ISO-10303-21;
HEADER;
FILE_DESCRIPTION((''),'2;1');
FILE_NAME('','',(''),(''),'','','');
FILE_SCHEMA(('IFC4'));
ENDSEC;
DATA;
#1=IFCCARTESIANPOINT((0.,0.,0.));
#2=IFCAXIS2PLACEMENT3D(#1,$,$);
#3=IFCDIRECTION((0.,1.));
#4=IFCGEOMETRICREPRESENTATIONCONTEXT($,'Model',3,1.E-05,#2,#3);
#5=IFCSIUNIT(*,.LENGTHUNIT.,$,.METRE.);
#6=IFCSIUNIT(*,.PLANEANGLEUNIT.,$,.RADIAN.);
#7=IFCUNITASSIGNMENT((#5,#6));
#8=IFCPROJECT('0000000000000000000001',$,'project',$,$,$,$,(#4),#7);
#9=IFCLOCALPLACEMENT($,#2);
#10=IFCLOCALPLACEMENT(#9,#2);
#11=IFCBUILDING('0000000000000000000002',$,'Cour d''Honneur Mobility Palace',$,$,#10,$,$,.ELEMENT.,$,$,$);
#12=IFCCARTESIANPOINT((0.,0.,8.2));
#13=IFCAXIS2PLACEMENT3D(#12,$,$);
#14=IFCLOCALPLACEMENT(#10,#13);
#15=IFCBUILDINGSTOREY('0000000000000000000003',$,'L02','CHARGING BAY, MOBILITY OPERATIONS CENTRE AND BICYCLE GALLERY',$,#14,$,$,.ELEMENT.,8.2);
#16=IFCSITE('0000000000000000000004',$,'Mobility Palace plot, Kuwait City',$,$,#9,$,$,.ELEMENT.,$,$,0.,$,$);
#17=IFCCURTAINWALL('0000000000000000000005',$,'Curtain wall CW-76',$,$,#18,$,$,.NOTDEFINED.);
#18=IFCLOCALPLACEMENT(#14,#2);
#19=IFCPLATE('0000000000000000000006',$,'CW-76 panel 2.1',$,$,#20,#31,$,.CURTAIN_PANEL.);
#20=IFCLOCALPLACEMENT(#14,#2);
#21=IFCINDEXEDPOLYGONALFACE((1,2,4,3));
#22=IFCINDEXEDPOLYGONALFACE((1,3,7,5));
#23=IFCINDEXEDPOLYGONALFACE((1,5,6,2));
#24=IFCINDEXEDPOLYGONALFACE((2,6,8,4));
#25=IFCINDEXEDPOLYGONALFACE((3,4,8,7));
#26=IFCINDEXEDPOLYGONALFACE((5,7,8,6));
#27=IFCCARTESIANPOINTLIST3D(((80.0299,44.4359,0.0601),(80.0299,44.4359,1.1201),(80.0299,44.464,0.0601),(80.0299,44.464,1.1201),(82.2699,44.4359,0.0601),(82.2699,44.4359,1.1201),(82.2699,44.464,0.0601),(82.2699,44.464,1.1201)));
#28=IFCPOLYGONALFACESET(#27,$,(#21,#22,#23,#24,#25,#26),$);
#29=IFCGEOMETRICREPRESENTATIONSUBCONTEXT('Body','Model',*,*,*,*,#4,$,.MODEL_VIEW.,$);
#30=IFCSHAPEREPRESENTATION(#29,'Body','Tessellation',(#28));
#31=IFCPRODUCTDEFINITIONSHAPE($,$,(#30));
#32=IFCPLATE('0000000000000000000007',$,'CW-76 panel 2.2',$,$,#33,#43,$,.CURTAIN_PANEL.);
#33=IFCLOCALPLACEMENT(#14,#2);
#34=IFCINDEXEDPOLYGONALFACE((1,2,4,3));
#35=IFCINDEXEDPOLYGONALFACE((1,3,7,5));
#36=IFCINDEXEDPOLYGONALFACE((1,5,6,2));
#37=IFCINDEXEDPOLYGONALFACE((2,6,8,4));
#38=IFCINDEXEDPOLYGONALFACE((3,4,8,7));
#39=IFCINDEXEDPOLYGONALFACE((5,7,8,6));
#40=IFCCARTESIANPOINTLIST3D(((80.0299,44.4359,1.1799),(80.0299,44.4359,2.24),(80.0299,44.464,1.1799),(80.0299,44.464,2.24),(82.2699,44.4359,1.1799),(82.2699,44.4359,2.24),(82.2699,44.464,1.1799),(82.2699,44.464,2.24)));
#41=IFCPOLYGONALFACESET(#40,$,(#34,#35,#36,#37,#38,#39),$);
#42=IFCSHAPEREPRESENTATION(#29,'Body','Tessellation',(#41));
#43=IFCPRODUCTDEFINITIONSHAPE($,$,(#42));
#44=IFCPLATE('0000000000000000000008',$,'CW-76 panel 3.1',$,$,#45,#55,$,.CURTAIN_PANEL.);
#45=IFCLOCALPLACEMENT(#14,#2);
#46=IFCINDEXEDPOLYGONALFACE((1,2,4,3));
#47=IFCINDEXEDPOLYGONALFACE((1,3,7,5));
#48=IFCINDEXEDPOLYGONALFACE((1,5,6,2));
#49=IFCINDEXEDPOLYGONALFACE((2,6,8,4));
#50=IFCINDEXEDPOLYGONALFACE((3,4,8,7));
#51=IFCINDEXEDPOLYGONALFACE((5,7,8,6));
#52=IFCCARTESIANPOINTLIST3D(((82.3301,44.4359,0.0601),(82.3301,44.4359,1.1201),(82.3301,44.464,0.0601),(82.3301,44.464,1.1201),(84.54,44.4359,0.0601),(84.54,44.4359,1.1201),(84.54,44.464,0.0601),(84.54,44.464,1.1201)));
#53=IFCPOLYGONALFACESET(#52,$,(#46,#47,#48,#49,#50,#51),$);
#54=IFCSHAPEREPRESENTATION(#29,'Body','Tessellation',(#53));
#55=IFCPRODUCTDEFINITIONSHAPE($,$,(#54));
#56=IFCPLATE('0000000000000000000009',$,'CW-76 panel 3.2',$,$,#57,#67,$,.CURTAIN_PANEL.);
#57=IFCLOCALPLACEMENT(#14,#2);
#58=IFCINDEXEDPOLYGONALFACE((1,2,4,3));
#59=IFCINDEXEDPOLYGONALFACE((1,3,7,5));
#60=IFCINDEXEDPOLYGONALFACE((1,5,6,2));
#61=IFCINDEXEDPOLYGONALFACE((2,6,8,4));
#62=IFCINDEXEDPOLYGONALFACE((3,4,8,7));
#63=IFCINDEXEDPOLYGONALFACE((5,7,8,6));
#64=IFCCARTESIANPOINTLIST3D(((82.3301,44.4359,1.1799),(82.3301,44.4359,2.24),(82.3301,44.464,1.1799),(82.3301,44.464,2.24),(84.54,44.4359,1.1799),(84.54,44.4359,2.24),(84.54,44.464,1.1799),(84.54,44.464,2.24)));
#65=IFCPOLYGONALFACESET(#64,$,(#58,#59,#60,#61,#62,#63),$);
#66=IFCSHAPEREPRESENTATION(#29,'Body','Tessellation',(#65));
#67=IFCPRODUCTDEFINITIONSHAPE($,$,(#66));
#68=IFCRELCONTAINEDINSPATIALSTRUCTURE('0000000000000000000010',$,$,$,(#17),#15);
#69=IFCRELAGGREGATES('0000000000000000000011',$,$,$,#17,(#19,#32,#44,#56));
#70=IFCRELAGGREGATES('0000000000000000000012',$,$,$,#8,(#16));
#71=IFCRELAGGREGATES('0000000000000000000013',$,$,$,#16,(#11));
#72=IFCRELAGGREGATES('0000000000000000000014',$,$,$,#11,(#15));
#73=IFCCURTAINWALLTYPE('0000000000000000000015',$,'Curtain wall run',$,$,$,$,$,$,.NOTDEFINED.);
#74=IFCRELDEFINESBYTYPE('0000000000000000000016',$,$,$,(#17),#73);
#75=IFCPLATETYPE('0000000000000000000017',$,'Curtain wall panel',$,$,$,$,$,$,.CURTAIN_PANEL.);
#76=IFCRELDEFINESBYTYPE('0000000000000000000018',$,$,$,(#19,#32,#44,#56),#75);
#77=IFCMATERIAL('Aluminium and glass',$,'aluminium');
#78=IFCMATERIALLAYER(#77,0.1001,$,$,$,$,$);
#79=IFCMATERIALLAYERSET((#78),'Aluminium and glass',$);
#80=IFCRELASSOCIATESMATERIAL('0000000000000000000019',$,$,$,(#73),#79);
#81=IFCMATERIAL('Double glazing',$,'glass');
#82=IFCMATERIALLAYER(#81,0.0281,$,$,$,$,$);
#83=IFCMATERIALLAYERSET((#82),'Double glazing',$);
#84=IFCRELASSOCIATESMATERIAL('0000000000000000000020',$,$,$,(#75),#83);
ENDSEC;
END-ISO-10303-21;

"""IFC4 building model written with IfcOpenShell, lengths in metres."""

from ifc_helpers import new_model, si_unit, direction, frame, origin, origin_2d, place, context, subcontext, project, spatial, rectangle, extrude, material, layer, layer_set, type_object, element, aggregate, save


model = new_model("IFC4")

# Units and contexts
model_context = context("Model", 3, precision=1e-05, world=origin(), true_north=direction((0.0, 1.0)))
body_context = subcontext(model_context, "Body", "Model", "MODEL_VIEW")
ifc_project = project(units=[si_unit("LENGTHUNIT", "METRE"), si_unit("PLANEANGLEUNIT", "RADIAN")], contexts=[model_context])

# Site, building, storey
site_placement = place(None, origin())
site = spatial("IfcSite", under=ifc_project, at=site_placement, Name="Mobility Palace plot, Kuwait City", CompositionType="ELEMENT", RefElevation=0.0)
building_placement = place(site_placement, origin())
building = spatial("IfcBuilding", under=site, at=building_placement, Name="Cour d'Honneur Mobility Palace", CompositionType="ELEMENT")
storey_placement = place(building_placement, frame((0.0, 0.0, 8.2)))
storey = spatial("IfcBuildingStorey", under=building, at=storey_placement, Name="L02", Description="CHARGING BAY, MOBILITY OPERATIONS CENTRE AND BICYCLE GALLERY", CompositionType="ELEMENT", Elevation=8.2)

# Curtain wall
ifc_material_1 = material(Name="Aluminium and glass", Category="aluminium")
ifc_layer_1 = layer(ifc_material_1, 0.1001)
ifc_layer_set_1 = layer_set([ifc_layer_1], Name="Aluminium and glass")
curtain_wall_type = type_object("IfcCurtainWallType", Name="Curtain wall run", PredefinedType="NOTDEFINED", material=ifc_layer_set_1)
curtain_wall_1_placement = place(storey_placement, origin())
curtain_wall_1 = element("IfcCurtainWall", 1, at=curtain_wall_1_placement, inside=storey, type_object=curtain_wall_type, Name="Curtain wall CW-76", PredefinedType="NOTDEFINED")

# Plates
ifc_material_2 = material(Name="Double glazing", Category="glass")
ifc_layer_2 = layer(ifc_material_2, 0.0281)
ifc_layer_set_2 = layer_set([ifc_layer_2], Name="Double glazing")
plate_type = type_object("IfcPlateType", Name="Curtain wall panel", PredefinedType="CURTAIN_PANEL", material=ifc_layer_set_2)
plate_1_placement = place(storey_placement, frame((81.1499, 44.45, 0.0601), z_axis=(0.0, 0.0, 1.0), x_axis=(1.0, 0.0, 0.0)))
plate_1 = element("IfcPlate", 2, at=plate_1_placement, type_object=plate_type, Name="CW-76 panel 2.1", PredefinedType="CURTAIN_PANEL", context=body_context, shape_type="SweptSolid", body=[
    extrude(rectangle(XDim=2.24, YDim=0.0281, at=origin_2d()), origin(), (0.0, 0.0, 1.0), 1.0601),
])
plate_2_placement = place(storey_placement, frame((81.1499, 44.45, 1.1799), z_axis=(0.0, 0.0, 1.0), x_axis=(1.0, 0.0, 0.0)))
plate_2 = element("IfcPlate", 3, at=plate_2_placement, type_object=plate_type, Name="CW-76 panel 2.2", PredefinedType="CURTAIN_PANEL", context=body_context, shape_type="SweptSolid", body=[
    extrude(rectangle(XDim=2.24, YDim=0.0281, at=origin_2d()), origin(), (0.0, 0.0, 1.0), 1.0601),
])
plate_3_placement = place(storey_placement, frame((83.4351, 44.45, 0.0601), z_axis=(0.0, 0.0, 1.0), x_axis=(1.0, 0.0, 0.0)))
plate_3 = element("IfcPlate", 4, at=plate_3_placement, type_object=plate_type, Name="CW-76 panel 3.1", PredefinedType="CURTAIN_PANEL", context=body_context, shape_type="SweptSolid", body=[
    extrude(rectangle(XDim=2.21, YDim=0.0281, at=origin_2d()), origin(), (0.0, 0.0, 1.0), 1.0601),
])
plate_4_placement = place(storey_placement, frame((83.4351, 44.45, 1.1799), z_axis=(0.0, 0.0, 1.0), x_axis=(1.0, 0.0, 0.0)))
plate_4 = element("IfcPlate", 5, at=plate_4_placement, type_object=plate_type, Name="CW-76 panel 3.2", PredefinedType="CURTAIN_PANEL", context=body_context, shape_type="SweptSolid", body=[
    extrude(rectangle(XDim=2.21, YDim=0.0281, at=origin_2d()), origin(), (0.0, 0.0, 1.0), 1.0601),
])
aggregate(curtain_wall_1, [plate_1, plate_2, plate_3, plate_4])

save(model, "model.ifc")
